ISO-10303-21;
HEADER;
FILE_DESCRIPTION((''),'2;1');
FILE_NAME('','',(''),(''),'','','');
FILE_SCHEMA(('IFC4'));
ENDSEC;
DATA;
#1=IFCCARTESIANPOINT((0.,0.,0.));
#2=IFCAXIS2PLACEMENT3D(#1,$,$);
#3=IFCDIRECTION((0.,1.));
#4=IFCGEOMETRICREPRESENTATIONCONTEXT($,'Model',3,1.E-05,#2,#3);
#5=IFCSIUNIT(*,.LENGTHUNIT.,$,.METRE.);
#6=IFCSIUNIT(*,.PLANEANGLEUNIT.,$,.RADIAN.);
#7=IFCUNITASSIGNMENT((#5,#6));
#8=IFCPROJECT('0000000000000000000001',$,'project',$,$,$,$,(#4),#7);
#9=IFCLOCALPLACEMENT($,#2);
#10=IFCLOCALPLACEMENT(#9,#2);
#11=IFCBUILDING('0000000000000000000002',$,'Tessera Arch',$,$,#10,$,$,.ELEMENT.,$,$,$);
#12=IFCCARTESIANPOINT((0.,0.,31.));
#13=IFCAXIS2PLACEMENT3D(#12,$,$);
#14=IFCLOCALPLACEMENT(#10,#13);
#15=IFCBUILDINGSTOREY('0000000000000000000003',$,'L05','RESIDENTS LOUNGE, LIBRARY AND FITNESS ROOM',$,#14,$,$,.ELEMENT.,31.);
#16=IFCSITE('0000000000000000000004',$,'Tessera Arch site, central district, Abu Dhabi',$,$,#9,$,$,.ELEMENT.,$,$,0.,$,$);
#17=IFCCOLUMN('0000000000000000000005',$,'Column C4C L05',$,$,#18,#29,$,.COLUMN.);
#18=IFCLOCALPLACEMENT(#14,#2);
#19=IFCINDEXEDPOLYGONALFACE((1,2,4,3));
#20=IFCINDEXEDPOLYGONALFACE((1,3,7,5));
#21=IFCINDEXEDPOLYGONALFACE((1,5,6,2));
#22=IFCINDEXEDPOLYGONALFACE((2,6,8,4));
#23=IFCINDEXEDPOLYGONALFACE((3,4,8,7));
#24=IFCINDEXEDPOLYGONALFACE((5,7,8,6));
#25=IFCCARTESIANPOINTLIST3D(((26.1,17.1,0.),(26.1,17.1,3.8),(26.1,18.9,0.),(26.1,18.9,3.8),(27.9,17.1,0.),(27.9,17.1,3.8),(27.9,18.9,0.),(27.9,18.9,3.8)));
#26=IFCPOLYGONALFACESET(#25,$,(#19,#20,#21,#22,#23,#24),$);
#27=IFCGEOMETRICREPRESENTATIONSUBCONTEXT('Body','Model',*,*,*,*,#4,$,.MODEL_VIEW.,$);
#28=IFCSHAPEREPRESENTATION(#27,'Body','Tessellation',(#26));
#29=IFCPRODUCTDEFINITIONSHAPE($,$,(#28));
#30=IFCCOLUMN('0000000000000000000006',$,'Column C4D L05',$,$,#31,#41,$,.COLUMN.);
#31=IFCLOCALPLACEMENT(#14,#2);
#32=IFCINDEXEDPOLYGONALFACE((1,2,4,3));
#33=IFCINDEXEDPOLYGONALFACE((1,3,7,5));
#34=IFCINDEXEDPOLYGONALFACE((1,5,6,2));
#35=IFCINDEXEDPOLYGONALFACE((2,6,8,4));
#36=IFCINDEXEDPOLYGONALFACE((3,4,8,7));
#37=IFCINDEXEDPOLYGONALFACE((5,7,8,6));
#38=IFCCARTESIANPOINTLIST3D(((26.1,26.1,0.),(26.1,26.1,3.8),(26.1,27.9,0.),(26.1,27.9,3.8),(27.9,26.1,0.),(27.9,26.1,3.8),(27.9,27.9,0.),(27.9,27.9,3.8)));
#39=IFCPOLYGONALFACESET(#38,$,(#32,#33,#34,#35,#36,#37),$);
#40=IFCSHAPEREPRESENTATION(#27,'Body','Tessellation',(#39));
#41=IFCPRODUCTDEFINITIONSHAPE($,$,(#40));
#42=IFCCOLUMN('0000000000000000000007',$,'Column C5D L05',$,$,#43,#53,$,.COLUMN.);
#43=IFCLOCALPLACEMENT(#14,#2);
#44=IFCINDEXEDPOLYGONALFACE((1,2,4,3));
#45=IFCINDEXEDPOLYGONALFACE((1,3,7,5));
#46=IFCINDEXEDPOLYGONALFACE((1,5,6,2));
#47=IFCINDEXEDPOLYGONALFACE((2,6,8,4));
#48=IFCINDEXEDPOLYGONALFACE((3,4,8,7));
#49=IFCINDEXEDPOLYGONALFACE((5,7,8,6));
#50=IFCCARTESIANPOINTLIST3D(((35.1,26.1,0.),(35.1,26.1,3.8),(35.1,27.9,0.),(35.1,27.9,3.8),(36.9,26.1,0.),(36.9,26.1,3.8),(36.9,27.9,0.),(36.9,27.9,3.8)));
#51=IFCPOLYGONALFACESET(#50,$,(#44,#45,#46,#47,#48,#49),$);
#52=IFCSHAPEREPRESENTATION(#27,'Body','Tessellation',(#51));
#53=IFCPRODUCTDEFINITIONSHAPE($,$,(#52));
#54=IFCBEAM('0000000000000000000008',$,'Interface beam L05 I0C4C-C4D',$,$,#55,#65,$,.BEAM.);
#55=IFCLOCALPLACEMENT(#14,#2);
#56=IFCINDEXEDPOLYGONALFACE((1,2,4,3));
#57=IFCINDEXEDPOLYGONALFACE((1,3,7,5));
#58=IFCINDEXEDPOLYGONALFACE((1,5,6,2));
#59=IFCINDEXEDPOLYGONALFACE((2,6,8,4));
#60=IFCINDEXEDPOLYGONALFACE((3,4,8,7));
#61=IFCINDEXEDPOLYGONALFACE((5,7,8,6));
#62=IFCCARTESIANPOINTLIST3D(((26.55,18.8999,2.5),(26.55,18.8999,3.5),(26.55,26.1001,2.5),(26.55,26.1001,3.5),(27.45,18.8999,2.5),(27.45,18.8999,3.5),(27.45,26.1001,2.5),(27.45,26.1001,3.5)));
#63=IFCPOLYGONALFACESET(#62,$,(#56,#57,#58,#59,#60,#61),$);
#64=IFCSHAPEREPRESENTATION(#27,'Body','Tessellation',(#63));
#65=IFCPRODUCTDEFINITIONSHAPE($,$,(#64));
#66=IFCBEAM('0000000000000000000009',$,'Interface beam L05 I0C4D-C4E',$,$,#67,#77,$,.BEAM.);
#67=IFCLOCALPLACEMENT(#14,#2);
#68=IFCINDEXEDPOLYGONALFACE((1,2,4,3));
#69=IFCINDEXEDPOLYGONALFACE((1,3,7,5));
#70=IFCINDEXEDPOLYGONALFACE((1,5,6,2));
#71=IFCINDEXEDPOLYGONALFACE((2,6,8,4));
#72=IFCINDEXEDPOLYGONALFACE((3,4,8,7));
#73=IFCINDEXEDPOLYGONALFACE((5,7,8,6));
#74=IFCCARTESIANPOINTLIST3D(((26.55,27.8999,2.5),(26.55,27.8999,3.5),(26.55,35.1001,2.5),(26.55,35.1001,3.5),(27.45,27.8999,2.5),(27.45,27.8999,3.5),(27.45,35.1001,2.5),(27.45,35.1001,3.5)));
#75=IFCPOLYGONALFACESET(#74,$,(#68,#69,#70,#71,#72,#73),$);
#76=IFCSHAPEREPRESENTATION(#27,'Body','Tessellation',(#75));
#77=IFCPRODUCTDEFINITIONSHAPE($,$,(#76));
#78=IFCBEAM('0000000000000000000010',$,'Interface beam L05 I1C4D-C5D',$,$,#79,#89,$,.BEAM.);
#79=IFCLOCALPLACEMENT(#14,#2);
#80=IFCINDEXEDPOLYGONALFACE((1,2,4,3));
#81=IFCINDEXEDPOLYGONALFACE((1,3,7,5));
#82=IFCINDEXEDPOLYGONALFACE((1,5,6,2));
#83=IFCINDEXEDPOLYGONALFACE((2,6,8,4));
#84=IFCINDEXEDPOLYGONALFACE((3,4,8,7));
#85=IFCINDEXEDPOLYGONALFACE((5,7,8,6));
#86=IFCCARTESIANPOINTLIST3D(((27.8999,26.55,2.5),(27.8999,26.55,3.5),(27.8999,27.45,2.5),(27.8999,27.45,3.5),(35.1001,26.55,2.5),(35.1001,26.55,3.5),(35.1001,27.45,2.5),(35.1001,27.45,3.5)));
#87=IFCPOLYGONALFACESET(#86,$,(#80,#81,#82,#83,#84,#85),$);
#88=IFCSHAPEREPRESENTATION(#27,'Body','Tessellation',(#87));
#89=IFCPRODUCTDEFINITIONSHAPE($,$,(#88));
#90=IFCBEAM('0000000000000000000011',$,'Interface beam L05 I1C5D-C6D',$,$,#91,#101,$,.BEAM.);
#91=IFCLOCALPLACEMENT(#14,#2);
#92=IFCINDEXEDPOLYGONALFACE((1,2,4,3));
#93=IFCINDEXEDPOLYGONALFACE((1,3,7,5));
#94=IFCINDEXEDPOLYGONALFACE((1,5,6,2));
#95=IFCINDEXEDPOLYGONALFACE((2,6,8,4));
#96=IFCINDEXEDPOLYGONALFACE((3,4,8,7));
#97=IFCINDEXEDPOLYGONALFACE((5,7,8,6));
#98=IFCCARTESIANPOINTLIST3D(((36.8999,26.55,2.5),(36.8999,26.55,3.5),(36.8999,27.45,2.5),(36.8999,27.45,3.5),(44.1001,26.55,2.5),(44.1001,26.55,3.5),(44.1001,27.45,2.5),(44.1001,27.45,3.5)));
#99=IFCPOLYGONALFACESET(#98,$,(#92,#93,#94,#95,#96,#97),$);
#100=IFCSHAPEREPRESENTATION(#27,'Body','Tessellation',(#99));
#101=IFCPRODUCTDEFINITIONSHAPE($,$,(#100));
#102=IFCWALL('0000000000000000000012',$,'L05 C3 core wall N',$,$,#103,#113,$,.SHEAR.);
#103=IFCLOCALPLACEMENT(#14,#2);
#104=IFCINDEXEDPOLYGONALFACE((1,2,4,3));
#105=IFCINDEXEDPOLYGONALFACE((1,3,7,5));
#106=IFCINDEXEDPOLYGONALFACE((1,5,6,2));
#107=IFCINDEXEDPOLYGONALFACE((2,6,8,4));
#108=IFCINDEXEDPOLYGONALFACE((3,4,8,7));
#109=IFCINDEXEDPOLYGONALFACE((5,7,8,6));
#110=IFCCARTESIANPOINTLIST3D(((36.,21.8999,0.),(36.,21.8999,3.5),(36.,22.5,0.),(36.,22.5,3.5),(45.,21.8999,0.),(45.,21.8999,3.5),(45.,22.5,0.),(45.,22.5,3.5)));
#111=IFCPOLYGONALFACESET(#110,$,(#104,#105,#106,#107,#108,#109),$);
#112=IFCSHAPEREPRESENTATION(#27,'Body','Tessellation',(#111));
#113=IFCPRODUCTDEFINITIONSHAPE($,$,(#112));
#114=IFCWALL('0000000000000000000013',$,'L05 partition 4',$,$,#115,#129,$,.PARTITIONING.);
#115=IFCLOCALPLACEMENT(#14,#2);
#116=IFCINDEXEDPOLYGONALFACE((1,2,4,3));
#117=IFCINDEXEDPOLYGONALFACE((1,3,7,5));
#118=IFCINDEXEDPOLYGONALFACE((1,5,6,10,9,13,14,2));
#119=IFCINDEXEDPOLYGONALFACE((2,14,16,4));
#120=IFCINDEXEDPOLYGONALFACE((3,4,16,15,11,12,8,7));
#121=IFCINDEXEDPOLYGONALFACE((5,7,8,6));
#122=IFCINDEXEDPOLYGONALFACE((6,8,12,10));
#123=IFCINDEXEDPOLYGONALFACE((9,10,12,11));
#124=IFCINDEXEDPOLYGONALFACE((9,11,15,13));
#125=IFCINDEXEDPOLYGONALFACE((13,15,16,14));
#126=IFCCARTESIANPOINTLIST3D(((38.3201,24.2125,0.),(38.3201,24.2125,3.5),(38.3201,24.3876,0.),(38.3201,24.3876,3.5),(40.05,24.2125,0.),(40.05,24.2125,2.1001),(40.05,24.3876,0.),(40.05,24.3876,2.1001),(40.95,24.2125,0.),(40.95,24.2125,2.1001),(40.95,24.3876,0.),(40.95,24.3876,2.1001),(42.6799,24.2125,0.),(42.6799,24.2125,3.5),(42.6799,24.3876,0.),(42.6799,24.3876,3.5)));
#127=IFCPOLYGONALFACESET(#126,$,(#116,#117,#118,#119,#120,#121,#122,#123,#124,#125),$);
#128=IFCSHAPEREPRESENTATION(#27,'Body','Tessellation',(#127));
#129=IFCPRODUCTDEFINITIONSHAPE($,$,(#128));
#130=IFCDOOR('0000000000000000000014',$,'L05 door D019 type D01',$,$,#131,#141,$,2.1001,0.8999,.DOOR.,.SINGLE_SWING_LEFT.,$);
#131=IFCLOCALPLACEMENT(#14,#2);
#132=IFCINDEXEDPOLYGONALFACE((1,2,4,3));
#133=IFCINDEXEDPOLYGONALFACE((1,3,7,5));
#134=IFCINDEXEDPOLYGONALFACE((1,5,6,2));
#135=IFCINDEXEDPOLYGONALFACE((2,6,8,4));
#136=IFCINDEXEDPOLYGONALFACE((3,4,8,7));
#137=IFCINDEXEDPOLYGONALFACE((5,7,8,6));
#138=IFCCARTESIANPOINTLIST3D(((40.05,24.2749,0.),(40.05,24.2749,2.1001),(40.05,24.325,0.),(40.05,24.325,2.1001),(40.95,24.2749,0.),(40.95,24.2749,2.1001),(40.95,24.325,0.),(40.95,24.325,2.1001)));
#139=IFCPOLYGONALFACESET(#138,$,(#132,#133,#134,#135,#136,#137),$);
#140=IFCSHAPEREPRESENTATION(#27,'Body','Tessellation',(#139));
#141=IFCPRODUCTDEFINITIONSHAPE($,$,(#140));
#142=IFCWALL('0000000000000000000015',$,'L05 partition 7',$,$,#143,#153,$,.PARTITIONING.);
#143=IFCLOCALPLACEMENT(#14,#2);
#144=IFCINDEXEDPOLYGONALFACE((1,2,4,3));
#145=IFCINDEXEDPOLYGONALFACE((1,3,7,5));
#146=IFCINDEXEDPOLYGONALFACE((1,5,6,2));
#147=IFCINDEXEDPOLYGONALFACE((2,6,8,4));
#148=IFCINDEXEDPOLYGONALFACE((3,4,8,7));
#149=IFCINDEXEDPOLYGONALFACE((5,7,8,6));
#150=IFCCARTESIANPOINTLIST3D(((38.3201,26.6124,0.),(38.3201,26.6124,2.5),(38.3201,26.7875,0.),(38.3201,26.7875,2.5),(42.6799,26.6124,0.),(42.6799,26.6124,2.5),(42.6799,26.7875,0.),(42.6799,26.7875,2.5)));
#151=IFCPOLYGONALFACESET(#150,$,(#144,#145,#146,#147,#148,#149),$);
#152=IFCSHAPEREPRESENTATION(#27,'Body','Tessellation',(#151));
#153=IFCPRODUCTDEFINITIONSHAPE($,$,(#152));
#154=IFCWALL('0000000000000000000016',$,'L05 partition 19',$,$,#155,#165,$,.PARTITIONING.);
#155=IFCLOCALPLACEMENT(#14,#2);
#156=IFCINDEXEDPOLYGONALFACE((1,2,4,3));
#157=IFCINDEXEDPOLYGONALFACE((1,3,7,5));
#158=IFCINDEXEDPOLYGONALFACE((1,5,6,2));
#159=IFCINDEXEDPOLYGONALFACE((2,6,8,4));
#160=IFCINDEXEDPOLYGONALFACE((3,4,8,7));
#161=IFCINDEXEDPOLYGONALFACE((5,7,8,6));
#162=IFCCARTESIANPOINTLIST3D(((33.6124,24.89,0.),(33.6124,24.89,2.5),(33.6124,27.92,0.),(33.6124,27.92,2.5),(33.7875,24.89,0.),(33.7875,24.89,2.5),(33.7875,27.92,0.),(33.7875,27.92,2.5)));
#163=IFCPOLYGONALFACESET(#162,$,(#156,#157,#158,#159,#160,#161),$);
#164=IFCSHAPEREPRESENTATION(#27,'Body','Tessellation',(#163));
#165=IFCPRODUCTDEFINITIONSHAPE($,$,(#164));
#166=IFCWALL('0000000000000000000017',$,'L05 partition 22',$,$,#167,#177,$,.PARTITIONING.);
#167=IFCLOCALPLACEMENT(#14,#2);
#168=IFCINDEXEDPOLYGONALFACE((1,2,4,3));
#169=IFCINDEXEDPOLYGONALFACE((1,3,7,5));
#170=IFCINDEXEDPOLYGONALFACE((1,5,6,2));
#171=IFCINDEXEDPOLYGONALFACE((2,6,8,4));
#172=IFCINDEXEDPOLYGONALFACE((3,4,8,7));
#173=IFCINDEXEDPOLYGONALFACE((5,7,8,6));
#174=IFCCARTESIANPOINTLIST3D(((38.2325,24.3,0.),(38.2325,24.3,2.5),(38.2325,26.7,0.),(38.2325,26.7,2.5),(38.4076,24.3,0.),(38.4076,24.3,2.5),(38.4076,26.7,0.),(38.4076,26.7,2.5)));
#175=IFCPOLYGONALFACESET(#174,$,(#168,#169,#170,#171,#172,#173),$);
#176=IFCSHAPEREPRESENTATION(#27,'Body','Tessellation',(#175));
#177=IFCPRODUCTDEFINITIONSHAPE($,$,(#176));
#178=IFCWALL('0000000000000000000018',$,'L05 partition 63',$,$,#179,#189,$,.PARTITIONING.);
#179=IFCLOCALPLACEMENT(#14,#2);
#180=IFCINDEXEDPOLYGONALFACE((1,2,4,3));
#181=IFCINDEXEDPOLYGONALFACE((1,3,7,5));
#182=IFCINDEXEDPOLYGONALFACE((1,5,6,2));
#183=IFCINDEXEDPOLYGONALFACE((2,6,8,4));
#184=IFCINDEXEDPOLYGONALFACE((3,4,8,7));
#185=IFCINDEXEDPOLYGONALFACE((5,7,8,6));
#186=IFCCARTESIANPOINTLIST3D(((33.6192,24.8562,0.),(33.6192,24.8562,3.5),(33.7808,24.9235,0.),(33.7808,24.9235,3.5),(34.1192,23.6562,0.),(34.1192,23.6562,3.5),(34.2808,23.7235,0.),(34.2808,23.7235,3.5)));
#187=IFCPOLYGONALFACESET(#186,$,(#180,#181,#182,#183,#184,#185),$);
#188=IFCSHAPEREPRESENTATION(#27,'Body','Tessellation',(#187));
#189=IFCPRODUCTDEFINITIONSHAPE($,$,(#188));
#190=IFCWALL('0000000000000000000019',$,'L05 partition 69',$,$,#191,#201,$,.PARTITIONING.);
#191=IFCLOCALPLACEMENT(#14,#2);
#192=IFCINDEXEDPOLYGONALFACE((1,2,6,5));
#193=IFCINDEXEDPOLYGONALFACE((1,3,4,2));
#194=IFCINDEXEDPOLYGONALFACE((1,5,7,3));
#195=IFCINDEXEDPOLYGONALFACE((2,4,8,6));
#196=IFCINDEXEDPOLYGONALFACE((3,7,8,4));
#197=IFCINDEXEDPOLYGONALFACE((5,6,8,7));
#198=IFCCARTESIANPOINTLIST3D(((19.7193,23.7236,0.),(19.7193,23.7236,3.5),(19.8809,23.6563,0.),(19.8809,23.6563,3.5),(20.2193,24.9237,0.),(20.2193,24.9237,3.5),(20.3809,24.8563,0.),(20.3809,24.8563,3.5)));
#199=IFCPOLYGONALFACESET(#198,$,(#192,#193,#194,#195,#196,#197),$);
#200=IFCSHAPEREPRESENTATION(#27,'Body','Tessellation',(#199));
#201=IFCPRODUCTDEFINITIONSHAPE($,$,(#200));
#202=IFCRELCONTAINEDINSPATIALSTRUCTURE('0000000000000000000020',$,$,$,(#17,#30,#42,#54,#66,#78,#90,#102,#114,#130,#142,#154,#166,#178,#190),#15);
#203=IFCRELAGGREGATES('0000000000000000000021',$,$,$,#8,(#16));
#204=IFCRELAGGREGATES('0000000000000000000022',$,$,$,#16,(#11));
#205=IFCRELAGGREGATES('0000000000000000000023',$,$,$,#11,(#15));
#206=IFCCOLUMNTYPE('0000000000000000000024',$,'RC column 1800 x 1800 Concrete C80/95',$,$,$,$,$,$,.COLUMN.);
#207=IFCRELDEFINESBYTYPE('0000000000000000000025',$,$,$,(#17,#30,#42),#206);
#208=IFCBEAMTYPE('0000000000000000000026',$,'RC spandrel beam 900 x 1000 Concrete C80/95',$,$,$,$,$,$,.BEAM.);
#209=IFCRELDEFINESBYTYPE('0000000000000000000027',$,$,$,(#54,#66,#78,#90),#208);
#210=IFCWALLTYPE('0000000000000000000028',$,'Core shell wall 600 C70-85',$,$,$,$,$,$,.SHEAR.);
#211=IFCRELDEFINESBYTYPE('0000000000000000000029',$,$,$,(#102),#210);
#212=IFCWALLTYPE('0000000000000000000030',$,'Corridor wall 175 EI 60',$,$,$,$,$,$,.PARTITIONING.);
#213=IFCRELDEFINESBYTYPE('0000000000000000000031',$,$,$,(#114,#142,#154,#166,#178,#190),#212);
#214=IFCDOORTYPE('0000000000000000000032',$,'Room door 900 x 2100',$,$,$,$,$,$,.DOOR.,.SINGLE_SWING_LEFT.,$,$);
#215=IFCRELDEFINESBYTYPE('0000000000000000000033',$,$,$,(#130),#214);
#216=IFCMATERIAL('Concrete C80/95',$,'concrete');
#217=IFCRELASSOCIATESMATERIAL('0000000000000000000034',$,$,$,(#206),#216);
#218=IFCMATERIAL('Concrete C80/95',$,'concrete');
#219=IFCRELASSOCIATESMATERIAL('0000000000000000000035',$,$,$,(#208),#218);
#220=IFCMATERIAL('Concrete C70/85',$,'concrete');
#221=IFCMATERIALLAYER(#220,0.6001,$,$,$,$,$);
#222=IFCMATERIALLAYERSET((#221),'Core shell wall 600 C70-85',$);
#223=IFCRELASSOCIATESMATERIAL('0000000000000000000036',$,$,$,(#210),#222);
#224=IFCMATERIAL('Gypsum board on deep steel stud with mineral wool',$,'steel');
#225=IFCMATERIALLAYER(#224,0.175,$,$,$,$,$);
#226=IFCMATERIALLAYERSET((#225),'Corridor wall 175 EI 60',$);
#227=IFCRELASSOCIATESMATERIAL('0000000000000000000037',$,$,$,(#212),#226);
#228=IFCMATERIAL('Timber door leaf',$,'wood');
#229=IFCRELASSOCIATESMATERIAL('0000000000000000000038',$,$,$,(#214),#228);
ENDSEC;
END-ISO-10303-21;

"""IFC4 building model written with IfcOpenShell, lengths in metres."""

from ifc_helpers import new_model, si_unit, direction, frame, frame_2d, origin, origin_2d, place, context, subcontext, project, spatial, rectangle, extrude, material, layer, layer_set, material_profile, profile_set, type_object, element, fill, save


model = new_model("IFC4")

# Units and contexts
model_context = context("Model", 3, precision=1e-05, world=origin(), true_north=direction((0.0, 1.0)))
body_context = subcontext(model_context, "Body", "Model", "MODEL_VIEW")
ifc_project = project(units=[si_unit("LENGTHUNIT", "METRE"), si_unit("PLANEANGLEUNIT", "RADIAN")], contexts=[model_context])

# Site, building, storey
site_placement = place(None, origin())
site = spatial("IfcSite", under=ifc_project, at=site_placement, Name="Tessera Arch site, central district, Abu Dhabi", CompositionType="ELEMENT", RefElevation=0.0)
building_placement = place(site_placement, origin())
building = spatial("IfcBuilding", under=site, at=building_placement, Name="Tessera Arch", CompositionType="ELEMENT")
storey_placement = place(building_placement, frame((0.0, 0.0, 31.0)))
storey = spatial("IfcBuildingStorey", under=building, at=storey_placement, Name="L05", Description="RESIDENTS LOUNGE, LIBRARY AND FITNESS ROOM", CompositionType="ELEMENT", Elevation=31.0)

# Columns
ifc_material_1 = material(Name="Concrete C80/95", Category="concrete")
ifc_material_profile_1 = material_profile(ifc_material_1, rectangle(XDim=1.8, YDim=1.8, at=origin_2d()), Name="RC column 1800 x 1800 Concrete C80/95")
ifc_profile_set_1 = profile_set([ifc_material_profile_1], Name="Concrete C80/95")
column_type = type_object("IfcColumnType", Name="RC column 1800 x 1800 Concrete C80/95", PredefinedType="COLUMN", material=ifc_profile_set_1)
for number, where, z_axis, x_axis, name in (
    (1, (27.0, 18.0, 0.0), (0.0, 0.0, 1.0), (1.0, 0.0, 0.0), "Column C4C L05"),
    (2, (27.0, 27.0, 0.0), (0.0, 0.0, 1.0), (1.0, 0.0, 0.0), "Column C4D L05"),
    (3, (36.0, 27.0, 0.0), (0.0, 0.0, 1.0), (1.0, 0.0, 0.0), "Column C5D L05"),
):
    element("IfcColumn", number, at=place(storey_placement, frame(where, z_axis=z_axis, x_axis=x_axis)), inside=storey, type_object=column_type, Name=name, PredefinedType="COLUMN", context=body_context, shape_type="SweptSolid", body=[
        extrude(rectangle(XDim=1.8, YDim=1.8, at=origin_2d()), origin(), (0.0, 0.0, 1.0), 3.8),
    ])

# Beams
ifc_material_2 = material(Name="Concrete C80/95", Category="concrete")
ifc_material_profile_2 = material_profile(ifc_material_2, rectangle(XDim=0.8999, YDim=1.0, at=origin_2d()), Name="RC spandrel beam 900 x 1000 Concrete C80/95")
ifc_profile_set_2 = profile_set([ifc_material_profile_2], Name="Concrete C80/95")
beam_type = type_object("IfcBeamType", Name="RC spandrel beam 900 x 1000 Concrete C80/95", PredefinedType="BEAM", material=ifc_profile_set_2)
for number, where, z_axis, x_axis, name in (
    (4, (27.0, 18.8999, 3.0), (0.0, 1.0, 0.0), (-1.0, 0.0, 0.0), "Interface beam L05 I0C4C-C4D"),
    (5, (27.0, 27.8999, 3.0), (0.0, 1.0, 0.0), (-1.0, 0.0, 0.0), "Interface beam L05 I0C4D-C4E"),
    (6, (27.8999, 27.0, 3.0), (1.0, 0.0, 0.0), (0.0, 1.0, 0.0), "Interface beam L05 I1C4D-C5D"),
    (7, (36.8999, 27.0, 3.0), (1.0, 0.0, 0.0), (0.0, 1.0, 0.0), "Interface beam L05 I1C5D-C6D"),
):
    element("IfcBeam", number, at=place(storey_placement, frame(where, z_axis=z_axis, x_axis=x_axis)), inside=storey, type_object=beam_type, Name=name, PredefinedType="BEAM", context=body_context, shape_type="SweptSolid", body=[
        extrude(rectangle(XDim=0.8999, YDim=1.0, at=origin_2d()), origin(), (0.0, 0.0, 1.0), 7.2002),
    ])

# Wall
ifc_material_3 = material(Name="Concrete C70/85", Category="concrete")
ifc_layer_1 = layer(ifc_material_3, 0.6001)
ifc_layer_set_1 = layer_set([ifc_layer_1], Name="Core shell wall 600 C70-85")
wall_type_1 = type_object("IfcWallType", Name="Core shell wall 600 C70-85", PredefinedType="SHEAR", material=ifc_layer_set_1)
wall_1_placement = place(storey_placement, frame((36.0, 22.2, 0.0), z_axis=(0.0, 0.0, 1.0), x_axis=(1.0, 0.0, 0.0)))
element("IfcWall", 8, at=wall_1_placement, inside=storey, type_object=wall_type_1, Name="L05 C3 core wall N", PredefinedType="SHEAR", context=body_context, shape_type="SweptSolid", body=[
    extrude(rectangle(XDim=9.0, YDim=0.6001, at=frame_2d((4.5, 0.0))), origin(), (0.0, 0.0, 1.0), 3.5),
])

# Wall, opening, door
ifc_material_4 = material(Name="Gypsum board on deep steel stud with mineral wool", Category="steel")
ifc_layer_2 = layer(ifc_material_4, 0.175)
ifc_layer_set_2 = layer_set([ifc_layer_2], Name="Corridor wall 175 EI 60")
wall_type_2 = type_object("IfcWallType", Name="Corridor wall 175 EI 60", PredefinedType="PARTITIONING", material=ifc_layer_set_2)
wall_2_placement = place(storey_placement, frame((38.3201, 24.3, 0.0), z_axis=(0.0, 0.0, 1.0), x_axis=(1.0, 0.0, 0.0)))
wall_2 = element("IfcWall", 9, at=wall_2_placement, inside=storey, type_object=wall_type_2, Name="L05 partition 4", PredefinedType="PARTITIONING", context=body_context, shape_type="SweptSolid", body=[
    extrude(rectangle(XDim=4.3599, YDim=0.175, at=frame_2d((2.1799, 0.0))), origin(), (0.0, 0.0, 1.0), 3.5),
])
opening_placement = place(wall_2_placement, frame((1.73, 0.0, 0.0)))
opening = element("IfcOpeningElement", 10, at=opening_placement, cuts=wall_2, PredefinedType="OPENING", context=body_context, shape_type="SweptSolid", body=[
    extrude(rectangle(XDim=0.8999, YDim=2.1001, at=frame_2d((0.45, 1.05))), frame((0.0, 0.0974, 0.0), z_axis=(0.0, -1.0, 0.0), x_axis=(1.0, 0.0, 0.0)), (0.0, 0.0, 1.0), 0.1951),
])
ifc_material_5 = material(Name="Timber door leaf", Category="wood")
door_type = type_object("IfcDoorType", Name="Room door 900 x 2100", OperationType="SINGLE_SWING_LEFT", PredefinedType="DOOR", material=ifc_material_5)
door_placement = place(opening_placement, origin())
door = element("IfcDoor", 11, at=door_placement, inside=storey, type_object=door_type, Name="L05 door D019 type D01", OperationType="SINGLE_SWING_LEFT", OverallHeight=2.1001, OverallWidth=0.8999, PredefinedType="DOOR", context=body_context, shape_type="SweptSolid", body=[
    extrude(rectangle(XDim=0.8999, YDim=2.1001, at=frame_2d((0.45, 1.05))), frame((0.0, 0.0249, 0.0), z_axis=(0.0, -1.0, 0.0), x_axis=(1.0, 0.0, 0.0)), (0.0, 0.0, 1.0), 0.05),
])
fill(opening, door)

# Walls
wall_3_placement = place(storey_placement, frame((38.3201, 26.7, 0.0), z_axis=(0.0, 0.0, 1.0), x_axis=(1.0, 0.0, 0.0)))
element("IfcWall", 12, at=wall_3_placement, inside=storey, type_object=wall_type_2, Name="L05 partition 7", PredefinedType="PARTITIONING", context=body_context, shape_type="SweptSolid", body=[
    extrude(rectangle(XDim=4.3599, YDim=0.175, at=frame_2d((2.1799, 0.0))), origin(), (0.0, 0.0, 1.0), 2.5),
])
wall_4_placement = place(storey_placement, frame((33.7, 24.8899, 0.0), z_axis=(0.0, 0.0, 1.0), x_axis=(0.0, 1.0, 0.0)))
element("IfcWall", 13, at=wall_4_placement, inside=storey, type_object=wall_type_2, Name="L05 partition 19", PredefinedType="PARTITIONING", context=body_context, shape_type="SweptSolid", body=[
    extrude(rectangle(XDim=3.03, YDim=0.175, at=frame_2d((1.5151, 0.0))), origin(), (0.0, 0.0, 1.0), 2.5),
])
wall_5_placement = place(storey_placement, frame((38.3201, 24.3, 0.0), z_axis=(0.0, 0.0, 1.0), x_axis=(0.0, 1.0, 0.0)))
element("IfcWall", 14, at=wall_5_placement, inside=storey, type_object=wall_type_2, Name="L05 partition 22", PredefinedType="PARTITIONING", context=body_context, shape_type="SweptSolid", body=[
    extrude(rectangle(XDim=2.3999, YDim=0.175, at=frame_2d((1.2, 0.0))), origin(), (0.0, 0.0, 1.0), 2.5),
])
for number, where, z_axis, x_axis, name in (
    (15, (34.2, 23.6899, 0.0), (0.0, 0.0, 1.0), (-0.384629, 0.923071, 0.0), "L05 partition 63"),
    (16, (20.3, 24.8899, 0.0), (0.0, 0.0, 1.0), (-0.384629, -0.923071, 0.0), "L05 partition 69"),
):
    element("IfcWall", number, at=place(storey_placement, frame(where, z_axis=z_axis, x_axis=x_axis)), inside=storey, type_object=wall_type_2, Name=name, PredefinedType="PARTITIONING", context=body_context, shape_type="SweptSolid", body=[
        extrude(rectangle(XDim=1.3, YDim=0.175, at=frame_2d((0.6499, 0.0))), origin(), (0.0, 0.0, 1.0), 3.5),
    ])

save(model, "model.ifc")
